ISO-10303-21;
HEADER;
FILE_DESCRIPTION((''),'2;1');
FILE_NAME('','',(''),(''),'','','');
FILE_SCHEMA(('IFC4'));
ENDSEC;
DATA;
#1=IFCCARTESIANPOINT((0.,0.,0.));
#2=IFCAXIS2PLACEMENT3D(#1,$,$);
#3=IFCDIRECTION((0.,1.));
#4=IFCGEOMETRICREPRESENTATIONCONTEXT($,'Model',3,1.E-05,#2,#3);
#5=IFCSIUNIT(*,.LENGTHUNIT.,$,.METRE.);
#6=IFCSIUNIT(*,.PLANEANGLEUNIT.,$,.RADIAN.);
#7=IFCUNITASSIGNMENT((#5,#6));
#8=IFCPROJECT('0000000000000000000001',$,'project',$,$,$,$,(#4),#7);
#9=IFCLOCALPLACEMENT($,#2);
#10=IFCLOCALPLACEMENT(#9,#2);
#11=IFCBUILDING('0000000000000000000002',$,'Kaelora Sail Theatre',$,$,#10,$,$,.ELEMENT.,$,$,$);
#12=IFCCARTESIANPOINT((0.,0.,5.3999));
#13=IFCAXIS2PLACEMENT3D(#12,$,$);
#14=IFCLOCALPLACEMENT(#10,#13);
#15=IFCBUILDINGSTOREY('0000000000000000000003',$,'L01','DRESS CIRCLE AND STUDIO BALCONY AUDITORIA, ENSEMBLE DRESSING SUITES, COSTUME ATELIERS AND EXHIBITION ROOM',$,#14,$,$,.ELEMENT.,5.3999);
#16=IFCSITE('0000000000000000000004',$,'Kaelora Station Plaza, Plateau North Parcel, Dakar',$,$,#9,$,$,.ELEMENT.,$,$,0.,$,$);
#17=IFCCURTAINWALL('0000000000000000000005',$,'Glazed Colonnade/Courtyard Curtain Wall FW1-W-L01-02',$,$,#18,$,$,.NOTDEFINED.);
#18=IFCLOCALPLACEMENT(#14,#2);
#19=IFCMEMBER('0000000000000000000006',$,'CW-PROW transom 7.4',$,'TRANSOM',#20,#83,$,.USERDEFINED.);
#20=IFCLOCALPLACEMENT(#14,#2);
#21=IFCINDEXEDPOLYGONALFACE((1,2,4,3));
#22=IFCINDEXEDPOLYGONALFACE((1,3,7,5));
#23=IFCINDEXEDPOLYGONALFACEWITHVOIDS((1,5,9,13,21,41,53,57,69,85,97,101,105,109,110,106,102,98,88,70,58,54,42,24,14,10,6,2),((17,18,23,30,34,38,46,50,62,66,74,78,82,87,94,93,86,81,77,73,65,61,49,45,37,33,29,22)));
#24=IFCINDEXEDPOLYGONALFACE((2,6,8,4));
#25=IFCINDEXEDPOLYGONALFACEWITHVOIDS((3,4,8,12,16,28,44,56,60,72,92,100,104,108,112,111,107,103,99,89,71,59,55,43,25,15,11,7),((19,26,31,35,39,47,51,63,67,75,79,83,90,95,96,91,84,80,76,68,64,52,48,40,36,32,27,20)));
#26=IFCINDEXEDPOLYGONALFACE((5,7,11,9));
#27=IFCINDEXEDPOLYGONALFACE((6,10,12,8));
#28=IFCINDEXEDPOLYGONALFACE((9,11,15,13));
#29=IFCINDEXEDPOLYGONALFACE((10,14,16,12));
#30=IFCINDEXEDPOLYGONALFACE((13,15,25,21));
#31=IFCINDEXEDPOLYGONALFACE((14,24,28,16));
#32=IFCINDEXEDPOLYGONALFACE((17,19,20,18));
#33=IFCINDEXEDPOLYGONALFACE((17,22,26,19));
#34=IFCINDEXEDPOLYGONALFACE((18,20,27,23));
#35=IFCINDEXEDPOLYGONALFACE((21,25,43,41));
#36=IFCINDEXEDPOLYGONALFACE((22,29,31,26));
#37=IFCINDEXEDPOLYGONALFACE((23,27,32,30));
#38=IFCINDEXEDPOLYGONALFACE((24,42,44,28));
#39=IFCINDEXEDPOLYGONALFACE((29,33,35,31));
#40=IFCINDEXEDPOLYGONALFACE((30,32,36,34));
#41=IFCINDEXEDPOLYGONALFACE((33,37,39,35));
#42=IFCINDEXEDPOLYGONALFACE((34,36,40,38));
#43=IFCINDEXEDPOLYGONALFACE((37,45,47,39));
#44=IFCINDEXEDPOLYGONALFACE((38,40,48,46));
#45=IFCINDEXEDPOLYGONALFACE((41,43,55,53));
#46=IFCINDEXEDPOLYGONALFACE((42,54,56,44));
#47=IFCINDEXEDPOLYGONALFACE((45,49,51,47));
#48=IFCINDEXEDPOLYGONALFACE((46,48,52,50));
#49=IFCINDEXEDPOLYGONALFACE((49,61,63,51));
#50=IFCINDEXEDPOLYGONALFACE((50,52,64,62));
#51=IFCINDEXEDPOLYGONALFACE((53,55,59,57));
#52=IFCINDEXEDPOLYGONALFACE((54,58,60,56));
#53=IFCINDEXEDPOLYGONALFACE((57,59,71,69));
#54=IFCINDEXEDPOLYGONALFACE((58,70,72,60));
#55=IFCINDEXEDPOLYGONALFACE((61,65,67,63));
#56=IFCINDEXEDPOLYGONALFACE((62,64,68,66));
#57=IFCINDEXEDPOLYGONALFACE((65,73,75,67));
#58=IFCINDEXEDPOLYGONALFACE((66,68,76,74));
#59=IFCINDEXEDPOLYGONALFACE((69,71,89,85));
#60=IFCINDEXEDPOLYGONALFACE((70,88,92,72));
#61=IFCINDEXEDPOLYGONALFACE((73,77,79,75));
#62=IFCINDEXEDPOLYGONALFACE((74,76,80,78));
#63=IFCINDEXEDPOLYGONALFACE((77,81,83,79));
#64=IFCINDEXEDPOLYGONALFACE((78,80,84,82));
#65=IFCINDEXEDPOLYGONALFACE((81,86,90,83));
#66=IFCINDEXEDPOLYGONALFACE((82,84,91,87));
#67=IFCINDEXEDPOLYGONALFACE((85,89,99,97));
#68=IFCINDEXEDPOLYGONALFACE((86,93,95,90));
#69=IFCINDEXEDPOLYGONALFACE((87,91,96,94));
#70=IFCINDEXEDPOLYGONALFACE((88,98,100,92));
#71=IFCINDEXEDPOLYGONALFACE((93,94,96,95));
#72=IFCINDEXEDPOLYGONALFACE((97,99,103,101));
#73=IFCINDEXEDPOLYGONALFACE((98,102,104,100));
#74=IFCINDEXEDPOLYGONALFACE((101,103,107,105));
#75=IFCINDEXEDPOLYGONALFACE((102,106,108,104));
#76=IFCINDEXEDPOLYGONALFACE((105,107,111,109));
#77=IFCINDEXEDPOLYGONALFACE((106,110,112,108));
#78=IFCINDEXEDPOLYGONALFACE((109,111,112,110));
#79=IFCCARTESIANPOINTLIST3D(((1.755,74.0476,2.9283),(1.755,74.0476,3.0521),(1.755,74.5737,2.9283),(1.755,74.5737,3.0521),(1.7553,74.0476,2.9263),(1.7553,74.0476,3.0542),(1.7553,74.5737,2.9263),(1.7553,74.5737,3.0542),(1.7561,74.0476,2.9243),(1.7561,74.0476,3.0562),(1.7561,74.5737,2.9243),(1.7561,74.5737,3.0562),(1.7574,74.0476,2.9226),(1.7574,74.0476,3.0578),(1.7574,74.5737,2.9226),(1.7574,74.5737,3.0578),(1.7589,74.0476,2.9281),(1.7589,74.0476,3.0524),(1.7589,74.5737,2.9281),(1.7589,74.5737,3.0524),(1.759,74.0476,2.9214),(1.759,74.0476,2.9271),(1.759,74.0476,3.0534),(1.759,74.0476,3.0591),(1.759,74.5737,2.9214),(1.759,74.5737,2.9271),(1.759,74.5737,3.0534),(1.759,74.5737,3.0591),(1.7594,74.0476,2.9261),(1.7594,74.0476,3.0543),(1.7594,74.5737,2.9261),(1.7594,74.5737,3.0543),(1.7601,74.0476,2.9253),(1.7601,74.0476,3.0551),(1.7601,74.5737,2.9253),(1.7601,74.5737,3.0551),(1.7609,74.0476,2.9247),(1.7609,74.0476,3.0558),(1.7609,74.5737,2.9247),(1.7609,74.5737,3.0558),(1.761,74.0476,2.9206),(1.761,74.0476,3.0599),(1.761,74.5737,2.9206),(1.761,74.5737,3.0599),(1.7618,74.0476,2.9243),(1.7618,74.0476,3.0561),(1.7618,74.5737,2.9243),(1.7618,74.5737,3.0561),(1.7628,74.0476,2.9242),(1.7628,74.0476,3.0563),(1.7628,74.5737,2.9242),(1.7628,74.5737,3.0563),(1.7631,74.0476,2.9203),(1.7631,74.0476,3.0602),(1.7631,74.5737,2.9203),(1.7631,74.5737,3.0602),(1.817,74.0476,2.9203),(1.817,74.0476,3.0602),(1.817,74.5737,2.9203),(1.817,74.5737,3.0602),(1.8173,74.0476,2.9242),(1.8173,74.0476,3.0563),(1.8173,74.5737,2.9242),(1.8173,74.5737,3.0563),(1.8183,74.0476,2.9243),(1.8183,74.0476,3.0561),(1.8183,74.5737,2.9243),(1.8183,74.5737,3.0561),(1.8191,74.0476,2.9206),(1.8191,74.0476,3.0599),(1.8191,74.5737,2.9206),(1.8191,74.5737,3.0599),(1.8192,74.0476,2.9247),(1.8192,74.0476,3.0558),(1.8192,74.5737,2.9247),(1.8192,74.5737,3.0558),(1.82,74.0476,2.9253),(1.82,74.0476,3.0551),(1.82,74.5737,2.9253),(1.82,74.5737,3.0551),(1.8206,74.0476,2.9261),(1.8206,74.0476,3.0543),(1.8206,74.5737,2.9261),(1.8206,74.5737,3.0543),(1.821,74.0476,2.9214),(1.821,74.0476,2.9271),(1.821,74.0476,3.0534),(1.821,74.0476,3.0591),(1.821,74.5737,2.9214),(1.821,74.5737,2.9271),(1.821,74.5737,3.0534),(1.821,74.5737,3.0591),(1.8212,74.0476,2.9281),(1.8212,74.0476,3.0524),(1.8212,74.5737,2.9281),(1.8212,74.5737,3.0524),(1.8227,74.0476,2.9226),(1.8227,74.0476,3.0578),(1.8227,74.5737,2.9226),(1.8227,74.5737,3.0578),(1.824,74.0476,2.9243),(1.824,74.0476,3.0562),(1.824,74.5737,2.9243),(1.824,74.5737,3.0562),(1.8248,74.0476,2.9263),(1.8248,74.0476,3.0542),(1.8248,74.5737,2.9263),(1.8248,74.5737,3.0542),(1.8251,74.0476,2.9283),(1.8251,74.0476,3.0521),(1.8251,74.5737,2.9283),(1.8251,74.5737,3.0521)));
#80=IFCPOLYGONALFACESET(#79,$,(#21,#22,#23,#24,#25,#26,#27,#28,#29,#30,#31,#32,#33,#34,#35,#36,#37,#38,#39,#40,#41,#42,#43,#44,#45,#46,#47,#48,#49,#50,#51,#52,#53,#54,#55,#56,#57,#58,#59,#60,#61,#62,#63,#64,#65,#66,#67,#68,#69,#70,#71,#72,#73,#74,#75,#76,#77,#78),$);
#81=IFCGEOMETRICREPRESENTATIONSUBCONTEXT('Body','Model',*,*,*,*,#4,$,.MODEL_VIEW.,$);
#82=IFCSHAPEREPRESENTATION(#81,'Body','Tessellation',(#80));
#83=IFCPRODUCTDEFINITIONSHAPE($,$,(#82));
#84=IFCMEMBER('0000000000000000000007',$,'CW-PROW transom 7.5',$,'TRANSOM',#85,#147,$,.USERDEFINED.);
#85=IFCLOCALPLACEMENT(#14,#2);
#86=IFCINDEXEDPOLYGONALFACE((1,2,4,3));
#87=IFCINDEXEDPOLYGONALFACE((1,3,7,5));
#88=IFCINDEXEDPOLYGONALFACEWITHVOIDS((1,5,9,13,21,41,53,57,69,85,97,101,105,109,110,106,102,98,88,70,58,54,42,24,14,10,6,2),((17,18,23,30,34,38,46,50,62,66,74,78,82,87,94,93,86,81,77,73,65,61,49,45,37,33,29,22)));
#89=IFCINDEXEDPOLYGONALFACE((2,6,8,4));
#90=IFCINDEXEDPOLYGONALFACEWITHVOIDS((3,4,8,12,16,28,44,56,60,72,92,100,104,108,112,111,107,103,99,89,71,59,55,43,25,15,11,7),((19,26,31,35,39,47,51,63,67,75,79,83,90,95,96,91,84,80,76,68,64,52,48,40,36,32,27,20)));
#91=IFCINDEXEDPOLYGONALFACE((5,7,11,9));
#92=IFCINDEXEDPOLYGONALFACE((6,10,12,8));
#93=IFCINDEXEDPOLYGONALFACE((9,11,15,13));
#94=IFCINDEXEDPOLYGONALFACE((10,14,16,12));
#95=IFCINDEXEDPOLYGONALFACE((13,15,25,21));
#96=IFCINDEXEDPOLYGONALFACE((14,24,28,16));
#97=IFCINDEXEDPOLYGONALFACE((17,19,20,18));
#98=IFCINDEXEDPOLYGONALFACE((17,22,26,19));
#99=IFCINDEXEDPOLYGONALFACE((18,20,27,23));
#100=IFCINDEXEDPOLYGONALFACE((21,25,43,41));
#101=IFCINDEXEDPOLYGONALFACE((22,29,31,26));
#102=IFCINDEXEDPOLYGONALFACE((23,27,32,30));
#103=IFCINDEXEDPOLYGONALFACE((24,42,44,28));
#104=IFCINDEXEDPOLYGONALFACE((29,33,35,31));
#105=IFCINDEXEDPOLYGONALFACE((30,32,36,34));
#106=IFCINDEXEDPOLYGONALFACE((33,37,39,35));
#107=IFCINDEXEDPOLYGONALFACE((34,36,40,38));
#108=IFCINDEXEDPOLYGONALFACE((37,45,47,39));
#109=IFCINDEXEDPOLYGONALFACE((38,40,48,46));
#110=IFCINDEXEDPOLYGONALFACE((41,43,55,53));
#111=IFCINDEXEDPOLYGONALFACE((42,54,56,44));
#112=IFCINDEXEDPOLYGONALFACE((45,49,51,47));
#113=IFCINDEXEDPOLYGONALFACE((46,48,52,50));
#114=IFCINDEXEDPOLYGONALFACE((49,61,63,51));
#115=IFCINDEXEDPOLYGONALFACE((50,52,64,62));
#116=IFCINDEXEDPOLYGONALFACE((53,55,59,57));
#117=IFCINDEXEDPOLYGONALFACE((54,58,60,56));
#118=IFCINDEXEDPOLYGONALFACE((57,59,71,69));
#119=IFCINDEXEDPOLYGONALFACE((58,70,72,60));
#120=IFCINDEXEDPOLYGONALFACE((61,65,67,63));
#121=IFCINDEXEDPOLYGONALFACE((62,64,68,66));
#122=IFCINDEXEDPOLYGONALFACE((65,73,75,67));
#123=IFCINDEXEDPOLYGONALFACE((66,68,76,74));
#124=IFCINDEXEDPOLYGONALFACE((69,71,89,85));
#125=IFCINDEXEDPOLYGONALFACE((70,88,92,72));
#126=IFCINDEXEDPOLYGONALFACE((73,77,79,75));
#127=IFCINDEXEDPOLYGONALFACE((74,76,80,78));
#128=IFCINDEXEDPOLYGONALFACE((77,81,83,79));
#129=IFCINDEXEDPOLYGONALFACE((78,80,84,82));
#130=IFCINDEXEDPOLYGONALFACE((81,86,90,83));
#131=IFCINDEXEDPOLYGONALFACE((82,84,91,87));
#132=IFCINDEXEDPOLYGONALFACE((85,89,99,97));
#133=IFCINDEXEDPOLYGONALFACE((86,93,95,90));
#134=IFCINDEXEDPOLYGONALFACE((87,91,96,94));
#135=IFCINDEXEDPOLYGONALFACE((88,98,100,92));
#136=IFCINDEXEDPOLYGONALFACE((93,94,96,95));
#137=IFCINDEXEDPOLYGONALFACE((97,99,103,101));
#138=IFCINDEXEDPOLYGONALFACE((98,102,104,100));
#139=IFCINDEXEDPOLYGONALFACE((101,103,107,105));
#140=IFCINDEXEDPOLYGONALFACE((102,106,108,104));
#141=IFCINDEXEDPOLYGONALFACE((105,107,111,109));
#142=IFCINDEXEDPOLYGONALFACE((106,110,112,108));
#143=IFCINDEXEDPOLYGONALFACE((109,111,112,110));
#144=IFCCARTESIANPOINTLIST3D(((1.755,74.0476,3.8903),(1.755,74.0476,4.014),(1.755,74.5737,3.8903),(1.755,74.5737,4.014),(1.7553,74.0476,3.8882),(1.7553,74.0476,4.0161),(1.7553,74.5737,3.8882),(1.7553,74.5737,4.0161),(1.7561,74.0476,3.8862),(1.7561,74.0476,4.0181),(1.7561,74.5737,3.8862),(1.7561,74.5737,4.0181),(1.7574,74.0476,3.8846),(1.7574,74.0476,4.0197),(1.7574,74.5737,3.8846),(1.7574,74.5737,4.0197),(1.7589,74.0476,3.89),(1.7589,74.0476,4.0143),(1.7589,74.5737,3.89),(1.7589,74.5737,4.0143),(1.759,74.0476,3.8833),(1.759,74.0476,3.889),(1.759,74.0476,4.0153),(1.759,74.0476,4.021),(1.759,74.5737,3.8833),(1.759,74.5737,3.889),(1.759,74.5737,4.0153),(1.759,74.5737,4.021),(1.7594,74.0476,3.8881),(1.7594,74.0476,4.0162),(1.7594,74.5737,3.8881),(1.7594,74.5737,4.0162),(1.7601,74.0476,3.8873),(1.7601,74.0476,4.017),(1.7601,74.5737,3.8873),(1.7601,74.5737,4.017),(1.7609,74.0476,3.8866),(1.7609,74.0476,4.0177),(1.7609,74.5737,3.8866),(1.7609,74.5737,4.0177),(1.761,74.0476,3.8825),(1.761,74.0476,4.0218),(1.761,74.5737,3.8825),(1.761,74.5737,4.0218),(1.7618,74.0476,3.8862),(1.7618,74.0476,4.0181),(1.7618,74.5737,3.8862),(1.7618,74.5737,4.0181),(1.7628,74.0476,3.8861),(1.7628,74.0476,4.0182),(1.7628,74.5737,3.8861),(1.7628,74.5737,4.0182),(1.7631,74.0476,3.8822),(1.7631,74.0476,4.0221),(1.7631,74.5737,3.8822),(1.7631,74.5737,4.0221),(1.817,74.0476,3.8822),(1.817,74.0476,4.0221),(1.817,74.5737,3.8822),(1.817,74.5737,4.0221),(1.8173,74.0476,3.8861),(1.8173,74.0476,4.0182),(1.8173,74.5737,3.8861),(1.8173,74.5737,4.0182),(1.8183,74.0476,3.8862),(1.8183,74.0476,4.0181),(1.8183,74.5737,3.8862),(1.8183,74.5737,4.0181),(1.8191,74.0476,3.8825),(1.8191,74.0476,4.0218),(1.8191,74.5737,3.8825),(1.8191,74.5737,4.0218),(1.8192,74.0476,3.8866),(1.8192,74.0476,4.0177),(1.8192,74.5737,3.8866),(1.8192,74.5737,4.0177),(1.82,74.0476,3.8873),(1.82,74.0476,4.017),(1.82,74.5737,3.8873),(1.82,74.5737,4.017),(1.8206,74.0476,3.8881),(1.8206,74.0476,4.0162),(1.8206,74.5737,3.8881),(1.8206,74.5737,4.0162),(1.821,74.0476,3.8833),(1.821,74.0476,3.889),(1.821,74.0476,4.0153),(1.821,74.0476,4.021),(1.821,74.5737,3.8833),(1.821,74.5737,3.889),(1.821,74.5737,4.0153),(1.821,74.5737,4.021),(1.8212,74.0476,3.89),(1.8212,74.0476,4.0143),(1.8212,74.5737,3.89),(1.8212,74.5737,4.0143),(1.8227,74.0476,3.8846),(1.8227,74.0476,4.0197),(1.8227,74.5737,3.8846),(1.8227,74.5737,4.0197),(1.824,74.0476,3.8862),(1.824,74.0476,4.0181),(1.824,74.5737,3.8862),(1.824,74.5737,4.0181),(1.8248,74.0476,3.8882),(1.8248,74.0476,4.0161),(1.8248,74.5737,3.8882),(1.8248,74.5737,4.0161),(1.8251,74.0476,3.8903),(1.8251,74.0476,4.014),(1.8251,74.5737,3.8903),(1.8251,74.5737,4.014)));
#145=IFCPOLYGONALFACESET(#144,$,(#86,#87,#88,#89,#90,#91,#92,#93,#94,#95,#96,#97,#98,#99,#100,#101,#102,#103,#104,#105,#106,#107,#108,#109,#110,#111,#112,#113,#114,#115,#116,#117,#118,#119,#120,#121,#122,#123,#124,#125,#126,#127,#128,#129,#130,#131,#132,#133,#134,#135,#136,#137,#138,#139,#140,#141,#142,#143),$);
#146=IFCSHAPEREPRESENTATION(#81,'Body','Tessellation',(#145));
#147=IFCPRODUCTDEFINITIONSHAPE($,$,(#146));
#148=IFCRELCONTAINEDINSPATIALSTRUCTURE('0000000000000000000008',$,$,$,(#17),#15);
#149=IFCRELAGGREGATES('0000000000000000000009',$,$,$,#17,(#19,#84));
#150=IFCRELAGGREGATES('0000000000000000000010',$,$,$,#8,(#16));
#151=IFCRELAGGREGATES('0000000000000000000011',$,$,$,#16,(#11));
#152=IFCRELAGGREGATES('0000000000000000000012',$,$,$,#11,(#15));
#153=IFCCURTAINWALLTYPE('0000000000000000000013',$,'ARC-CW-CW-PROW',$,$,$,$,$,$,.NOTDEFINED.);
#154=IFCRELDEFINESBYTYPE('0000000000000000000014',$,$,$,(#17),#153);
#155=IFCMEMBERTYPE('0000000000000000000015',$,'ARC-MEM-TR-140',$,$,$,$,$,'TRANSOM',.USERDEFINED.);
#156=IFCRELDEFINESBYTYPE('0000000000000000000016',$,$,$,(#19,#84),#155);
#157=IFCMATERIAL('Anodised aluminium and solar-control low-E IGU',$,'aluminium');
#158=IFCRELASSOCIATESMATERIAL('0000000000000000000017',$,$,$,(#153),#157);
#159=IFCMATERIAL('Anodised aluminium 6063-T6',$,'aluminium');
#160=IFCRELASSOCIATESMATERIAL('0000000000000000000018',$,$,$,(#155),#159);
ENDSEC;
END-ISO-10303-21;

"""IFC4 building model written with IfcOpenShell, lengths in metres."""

from ifc_helpers import new_model, si_unit, direction, frame, origin, origin_2d, place, context, subcontext, project, spatial, hollow_rectangle, extrude, material, material_profile, profile_set, type_object, element, aggregate, save


model = new_model("IFC4")

# Units and contexts
model_context = context("Model", 3, precision=1e-05, world=origin(), true_north=direction((0.0, 1.0)))
body_context = subcontext(model_context, "Body", "Model", "MODEL_VIEW")
ifc_project = project(units=[si_unit("LENGTHUNIT", "METRE"), si_unit("PLANEANGLEUNIT", "RADIAN")], contexts=[model_context])

# Site, building, storey
site_placement = place(None, origin())
site = spatial("IfcSite", under=ifc_project, at=site_placement, Name="Kaelora Station Plaza, Plateau North Parcel, Dakar", CompositionType="ELEMENT", RefElevation=0.0)
building_placement = place(site_placement, origin())
building = spatial("IfcBuilding", under=site, at=building_placement, Name="Kaelora Sail Theatre", CompositionType="ELEMENT")
storey_placement = place(building_placement, frame((0.0, 0.0, 5.3999)))
storey = spatial("IfcBuildingStorey", under=building, at=storey_placement, Name="L01", Description="DRESS CIRCLE AND STUDIO BALCONY AUDITORIA, ENSEMBLE DRESSING SUITES, COSTUME ATELIERS AND EXHIBITION ROOM", CompositionType="ELEMENT", Elevation=5.3999)

# Curtain wall, members
ifc_material_1 = material(Name="Anodised aluminium and solar-control low-E IGU", Category="aluminium")
curtain_wall_type = type_object("IfcCurtainWallType", Name="ARC-CW-CW-PROW", PredefinedType="NOTDEFINED", material=ifc_material_1)
curtain_wall_placement = place(storey_placement, origin())
curtain_wall = element("IfcCurtainWall", 1, at=curtain_wall_placement, inside=storey, type_object=curtain_wall_type, Name="Glazed Colonnade/Courtyard Curtain Wall FW1-W-L01-02", PredefinedType="NOTDEFINED")
ifc_material_2 = material(Name="Anodised aluminium 6063-T6", Category="aluminium")
ifc_material_profile_1 = material_profile(ifc_material_2, hollow_rectangle(XDim=0.0701, YDim=0.1399, WallThickness=0.0039, InnerFilletRadius=0.0039, OuterFilletRadius=0.0081, at=origin_2d()), Name="ALU-TRAN 70x140x4")
ifc_profile_set_1 = profile_set([ifc_material_profile_1], Name="Anodised aluminium 6063-T6")
member_type_1 = type_object("IfcMemberType", Name="ARC-MEM-TR-140", ElementType="TRANSOM", PredefinedType="USERDEFINED", material=ifc_profile_set_1)
member_1_placement = place(storey_placement, frame((1.79, 74.0476, 2.9902), z_axis=(0.0, 1.0, 0.0), x_axis=(-1.0, 0.0, 0.0)))
member_1 = element("IfcMember", 2, at=member_1_placement, type_object=member_type_1, Name="CW-PROW transom 7.4", ObjectType="TRANSOM", PredefinedType="USERDEFINED", context=body_context, shape_type="SweptSolid", body=[
    extrude(hollow_rectangle(XDim=0.0701, YDim=0.1399, WallThickness=0.0039, InnerFilletRadius=0.0039, OuterFilletRadius=0.0081, at=origin_2d()), origin(), (0.0, 0.0, 1.0), 0.5261),
])
member_2_placement = place(storey_placement, frame((1.79, 74.0476, 3.9521), z_axis=(0.0, 1.0, 0.0), x_axis=(-1.0, 0.0, 0.0)))
member_2 = element("IfcMember", 3, at=member_2_placement, type_object=member_type_1, Name="CW-PROW transom 7.5", ObjectType="TRANSOM", PredefinedType="USERDEFINED", context=body_context, shape_type="SweptSolid", body=[
    extrude(hollow_rectangle(XDim=0.0701, YDim=0.1399, WallThickness=0.0039, InnerFilletRadius=0.0039, OuterFilletRadius=0.0081, at=origin_2d()), origin(), (0.0, 0.0, 1.0), 0.5261),
])
aggregate(curtain_wall, [member_1, member_2])

save(model, "model.ifc")
